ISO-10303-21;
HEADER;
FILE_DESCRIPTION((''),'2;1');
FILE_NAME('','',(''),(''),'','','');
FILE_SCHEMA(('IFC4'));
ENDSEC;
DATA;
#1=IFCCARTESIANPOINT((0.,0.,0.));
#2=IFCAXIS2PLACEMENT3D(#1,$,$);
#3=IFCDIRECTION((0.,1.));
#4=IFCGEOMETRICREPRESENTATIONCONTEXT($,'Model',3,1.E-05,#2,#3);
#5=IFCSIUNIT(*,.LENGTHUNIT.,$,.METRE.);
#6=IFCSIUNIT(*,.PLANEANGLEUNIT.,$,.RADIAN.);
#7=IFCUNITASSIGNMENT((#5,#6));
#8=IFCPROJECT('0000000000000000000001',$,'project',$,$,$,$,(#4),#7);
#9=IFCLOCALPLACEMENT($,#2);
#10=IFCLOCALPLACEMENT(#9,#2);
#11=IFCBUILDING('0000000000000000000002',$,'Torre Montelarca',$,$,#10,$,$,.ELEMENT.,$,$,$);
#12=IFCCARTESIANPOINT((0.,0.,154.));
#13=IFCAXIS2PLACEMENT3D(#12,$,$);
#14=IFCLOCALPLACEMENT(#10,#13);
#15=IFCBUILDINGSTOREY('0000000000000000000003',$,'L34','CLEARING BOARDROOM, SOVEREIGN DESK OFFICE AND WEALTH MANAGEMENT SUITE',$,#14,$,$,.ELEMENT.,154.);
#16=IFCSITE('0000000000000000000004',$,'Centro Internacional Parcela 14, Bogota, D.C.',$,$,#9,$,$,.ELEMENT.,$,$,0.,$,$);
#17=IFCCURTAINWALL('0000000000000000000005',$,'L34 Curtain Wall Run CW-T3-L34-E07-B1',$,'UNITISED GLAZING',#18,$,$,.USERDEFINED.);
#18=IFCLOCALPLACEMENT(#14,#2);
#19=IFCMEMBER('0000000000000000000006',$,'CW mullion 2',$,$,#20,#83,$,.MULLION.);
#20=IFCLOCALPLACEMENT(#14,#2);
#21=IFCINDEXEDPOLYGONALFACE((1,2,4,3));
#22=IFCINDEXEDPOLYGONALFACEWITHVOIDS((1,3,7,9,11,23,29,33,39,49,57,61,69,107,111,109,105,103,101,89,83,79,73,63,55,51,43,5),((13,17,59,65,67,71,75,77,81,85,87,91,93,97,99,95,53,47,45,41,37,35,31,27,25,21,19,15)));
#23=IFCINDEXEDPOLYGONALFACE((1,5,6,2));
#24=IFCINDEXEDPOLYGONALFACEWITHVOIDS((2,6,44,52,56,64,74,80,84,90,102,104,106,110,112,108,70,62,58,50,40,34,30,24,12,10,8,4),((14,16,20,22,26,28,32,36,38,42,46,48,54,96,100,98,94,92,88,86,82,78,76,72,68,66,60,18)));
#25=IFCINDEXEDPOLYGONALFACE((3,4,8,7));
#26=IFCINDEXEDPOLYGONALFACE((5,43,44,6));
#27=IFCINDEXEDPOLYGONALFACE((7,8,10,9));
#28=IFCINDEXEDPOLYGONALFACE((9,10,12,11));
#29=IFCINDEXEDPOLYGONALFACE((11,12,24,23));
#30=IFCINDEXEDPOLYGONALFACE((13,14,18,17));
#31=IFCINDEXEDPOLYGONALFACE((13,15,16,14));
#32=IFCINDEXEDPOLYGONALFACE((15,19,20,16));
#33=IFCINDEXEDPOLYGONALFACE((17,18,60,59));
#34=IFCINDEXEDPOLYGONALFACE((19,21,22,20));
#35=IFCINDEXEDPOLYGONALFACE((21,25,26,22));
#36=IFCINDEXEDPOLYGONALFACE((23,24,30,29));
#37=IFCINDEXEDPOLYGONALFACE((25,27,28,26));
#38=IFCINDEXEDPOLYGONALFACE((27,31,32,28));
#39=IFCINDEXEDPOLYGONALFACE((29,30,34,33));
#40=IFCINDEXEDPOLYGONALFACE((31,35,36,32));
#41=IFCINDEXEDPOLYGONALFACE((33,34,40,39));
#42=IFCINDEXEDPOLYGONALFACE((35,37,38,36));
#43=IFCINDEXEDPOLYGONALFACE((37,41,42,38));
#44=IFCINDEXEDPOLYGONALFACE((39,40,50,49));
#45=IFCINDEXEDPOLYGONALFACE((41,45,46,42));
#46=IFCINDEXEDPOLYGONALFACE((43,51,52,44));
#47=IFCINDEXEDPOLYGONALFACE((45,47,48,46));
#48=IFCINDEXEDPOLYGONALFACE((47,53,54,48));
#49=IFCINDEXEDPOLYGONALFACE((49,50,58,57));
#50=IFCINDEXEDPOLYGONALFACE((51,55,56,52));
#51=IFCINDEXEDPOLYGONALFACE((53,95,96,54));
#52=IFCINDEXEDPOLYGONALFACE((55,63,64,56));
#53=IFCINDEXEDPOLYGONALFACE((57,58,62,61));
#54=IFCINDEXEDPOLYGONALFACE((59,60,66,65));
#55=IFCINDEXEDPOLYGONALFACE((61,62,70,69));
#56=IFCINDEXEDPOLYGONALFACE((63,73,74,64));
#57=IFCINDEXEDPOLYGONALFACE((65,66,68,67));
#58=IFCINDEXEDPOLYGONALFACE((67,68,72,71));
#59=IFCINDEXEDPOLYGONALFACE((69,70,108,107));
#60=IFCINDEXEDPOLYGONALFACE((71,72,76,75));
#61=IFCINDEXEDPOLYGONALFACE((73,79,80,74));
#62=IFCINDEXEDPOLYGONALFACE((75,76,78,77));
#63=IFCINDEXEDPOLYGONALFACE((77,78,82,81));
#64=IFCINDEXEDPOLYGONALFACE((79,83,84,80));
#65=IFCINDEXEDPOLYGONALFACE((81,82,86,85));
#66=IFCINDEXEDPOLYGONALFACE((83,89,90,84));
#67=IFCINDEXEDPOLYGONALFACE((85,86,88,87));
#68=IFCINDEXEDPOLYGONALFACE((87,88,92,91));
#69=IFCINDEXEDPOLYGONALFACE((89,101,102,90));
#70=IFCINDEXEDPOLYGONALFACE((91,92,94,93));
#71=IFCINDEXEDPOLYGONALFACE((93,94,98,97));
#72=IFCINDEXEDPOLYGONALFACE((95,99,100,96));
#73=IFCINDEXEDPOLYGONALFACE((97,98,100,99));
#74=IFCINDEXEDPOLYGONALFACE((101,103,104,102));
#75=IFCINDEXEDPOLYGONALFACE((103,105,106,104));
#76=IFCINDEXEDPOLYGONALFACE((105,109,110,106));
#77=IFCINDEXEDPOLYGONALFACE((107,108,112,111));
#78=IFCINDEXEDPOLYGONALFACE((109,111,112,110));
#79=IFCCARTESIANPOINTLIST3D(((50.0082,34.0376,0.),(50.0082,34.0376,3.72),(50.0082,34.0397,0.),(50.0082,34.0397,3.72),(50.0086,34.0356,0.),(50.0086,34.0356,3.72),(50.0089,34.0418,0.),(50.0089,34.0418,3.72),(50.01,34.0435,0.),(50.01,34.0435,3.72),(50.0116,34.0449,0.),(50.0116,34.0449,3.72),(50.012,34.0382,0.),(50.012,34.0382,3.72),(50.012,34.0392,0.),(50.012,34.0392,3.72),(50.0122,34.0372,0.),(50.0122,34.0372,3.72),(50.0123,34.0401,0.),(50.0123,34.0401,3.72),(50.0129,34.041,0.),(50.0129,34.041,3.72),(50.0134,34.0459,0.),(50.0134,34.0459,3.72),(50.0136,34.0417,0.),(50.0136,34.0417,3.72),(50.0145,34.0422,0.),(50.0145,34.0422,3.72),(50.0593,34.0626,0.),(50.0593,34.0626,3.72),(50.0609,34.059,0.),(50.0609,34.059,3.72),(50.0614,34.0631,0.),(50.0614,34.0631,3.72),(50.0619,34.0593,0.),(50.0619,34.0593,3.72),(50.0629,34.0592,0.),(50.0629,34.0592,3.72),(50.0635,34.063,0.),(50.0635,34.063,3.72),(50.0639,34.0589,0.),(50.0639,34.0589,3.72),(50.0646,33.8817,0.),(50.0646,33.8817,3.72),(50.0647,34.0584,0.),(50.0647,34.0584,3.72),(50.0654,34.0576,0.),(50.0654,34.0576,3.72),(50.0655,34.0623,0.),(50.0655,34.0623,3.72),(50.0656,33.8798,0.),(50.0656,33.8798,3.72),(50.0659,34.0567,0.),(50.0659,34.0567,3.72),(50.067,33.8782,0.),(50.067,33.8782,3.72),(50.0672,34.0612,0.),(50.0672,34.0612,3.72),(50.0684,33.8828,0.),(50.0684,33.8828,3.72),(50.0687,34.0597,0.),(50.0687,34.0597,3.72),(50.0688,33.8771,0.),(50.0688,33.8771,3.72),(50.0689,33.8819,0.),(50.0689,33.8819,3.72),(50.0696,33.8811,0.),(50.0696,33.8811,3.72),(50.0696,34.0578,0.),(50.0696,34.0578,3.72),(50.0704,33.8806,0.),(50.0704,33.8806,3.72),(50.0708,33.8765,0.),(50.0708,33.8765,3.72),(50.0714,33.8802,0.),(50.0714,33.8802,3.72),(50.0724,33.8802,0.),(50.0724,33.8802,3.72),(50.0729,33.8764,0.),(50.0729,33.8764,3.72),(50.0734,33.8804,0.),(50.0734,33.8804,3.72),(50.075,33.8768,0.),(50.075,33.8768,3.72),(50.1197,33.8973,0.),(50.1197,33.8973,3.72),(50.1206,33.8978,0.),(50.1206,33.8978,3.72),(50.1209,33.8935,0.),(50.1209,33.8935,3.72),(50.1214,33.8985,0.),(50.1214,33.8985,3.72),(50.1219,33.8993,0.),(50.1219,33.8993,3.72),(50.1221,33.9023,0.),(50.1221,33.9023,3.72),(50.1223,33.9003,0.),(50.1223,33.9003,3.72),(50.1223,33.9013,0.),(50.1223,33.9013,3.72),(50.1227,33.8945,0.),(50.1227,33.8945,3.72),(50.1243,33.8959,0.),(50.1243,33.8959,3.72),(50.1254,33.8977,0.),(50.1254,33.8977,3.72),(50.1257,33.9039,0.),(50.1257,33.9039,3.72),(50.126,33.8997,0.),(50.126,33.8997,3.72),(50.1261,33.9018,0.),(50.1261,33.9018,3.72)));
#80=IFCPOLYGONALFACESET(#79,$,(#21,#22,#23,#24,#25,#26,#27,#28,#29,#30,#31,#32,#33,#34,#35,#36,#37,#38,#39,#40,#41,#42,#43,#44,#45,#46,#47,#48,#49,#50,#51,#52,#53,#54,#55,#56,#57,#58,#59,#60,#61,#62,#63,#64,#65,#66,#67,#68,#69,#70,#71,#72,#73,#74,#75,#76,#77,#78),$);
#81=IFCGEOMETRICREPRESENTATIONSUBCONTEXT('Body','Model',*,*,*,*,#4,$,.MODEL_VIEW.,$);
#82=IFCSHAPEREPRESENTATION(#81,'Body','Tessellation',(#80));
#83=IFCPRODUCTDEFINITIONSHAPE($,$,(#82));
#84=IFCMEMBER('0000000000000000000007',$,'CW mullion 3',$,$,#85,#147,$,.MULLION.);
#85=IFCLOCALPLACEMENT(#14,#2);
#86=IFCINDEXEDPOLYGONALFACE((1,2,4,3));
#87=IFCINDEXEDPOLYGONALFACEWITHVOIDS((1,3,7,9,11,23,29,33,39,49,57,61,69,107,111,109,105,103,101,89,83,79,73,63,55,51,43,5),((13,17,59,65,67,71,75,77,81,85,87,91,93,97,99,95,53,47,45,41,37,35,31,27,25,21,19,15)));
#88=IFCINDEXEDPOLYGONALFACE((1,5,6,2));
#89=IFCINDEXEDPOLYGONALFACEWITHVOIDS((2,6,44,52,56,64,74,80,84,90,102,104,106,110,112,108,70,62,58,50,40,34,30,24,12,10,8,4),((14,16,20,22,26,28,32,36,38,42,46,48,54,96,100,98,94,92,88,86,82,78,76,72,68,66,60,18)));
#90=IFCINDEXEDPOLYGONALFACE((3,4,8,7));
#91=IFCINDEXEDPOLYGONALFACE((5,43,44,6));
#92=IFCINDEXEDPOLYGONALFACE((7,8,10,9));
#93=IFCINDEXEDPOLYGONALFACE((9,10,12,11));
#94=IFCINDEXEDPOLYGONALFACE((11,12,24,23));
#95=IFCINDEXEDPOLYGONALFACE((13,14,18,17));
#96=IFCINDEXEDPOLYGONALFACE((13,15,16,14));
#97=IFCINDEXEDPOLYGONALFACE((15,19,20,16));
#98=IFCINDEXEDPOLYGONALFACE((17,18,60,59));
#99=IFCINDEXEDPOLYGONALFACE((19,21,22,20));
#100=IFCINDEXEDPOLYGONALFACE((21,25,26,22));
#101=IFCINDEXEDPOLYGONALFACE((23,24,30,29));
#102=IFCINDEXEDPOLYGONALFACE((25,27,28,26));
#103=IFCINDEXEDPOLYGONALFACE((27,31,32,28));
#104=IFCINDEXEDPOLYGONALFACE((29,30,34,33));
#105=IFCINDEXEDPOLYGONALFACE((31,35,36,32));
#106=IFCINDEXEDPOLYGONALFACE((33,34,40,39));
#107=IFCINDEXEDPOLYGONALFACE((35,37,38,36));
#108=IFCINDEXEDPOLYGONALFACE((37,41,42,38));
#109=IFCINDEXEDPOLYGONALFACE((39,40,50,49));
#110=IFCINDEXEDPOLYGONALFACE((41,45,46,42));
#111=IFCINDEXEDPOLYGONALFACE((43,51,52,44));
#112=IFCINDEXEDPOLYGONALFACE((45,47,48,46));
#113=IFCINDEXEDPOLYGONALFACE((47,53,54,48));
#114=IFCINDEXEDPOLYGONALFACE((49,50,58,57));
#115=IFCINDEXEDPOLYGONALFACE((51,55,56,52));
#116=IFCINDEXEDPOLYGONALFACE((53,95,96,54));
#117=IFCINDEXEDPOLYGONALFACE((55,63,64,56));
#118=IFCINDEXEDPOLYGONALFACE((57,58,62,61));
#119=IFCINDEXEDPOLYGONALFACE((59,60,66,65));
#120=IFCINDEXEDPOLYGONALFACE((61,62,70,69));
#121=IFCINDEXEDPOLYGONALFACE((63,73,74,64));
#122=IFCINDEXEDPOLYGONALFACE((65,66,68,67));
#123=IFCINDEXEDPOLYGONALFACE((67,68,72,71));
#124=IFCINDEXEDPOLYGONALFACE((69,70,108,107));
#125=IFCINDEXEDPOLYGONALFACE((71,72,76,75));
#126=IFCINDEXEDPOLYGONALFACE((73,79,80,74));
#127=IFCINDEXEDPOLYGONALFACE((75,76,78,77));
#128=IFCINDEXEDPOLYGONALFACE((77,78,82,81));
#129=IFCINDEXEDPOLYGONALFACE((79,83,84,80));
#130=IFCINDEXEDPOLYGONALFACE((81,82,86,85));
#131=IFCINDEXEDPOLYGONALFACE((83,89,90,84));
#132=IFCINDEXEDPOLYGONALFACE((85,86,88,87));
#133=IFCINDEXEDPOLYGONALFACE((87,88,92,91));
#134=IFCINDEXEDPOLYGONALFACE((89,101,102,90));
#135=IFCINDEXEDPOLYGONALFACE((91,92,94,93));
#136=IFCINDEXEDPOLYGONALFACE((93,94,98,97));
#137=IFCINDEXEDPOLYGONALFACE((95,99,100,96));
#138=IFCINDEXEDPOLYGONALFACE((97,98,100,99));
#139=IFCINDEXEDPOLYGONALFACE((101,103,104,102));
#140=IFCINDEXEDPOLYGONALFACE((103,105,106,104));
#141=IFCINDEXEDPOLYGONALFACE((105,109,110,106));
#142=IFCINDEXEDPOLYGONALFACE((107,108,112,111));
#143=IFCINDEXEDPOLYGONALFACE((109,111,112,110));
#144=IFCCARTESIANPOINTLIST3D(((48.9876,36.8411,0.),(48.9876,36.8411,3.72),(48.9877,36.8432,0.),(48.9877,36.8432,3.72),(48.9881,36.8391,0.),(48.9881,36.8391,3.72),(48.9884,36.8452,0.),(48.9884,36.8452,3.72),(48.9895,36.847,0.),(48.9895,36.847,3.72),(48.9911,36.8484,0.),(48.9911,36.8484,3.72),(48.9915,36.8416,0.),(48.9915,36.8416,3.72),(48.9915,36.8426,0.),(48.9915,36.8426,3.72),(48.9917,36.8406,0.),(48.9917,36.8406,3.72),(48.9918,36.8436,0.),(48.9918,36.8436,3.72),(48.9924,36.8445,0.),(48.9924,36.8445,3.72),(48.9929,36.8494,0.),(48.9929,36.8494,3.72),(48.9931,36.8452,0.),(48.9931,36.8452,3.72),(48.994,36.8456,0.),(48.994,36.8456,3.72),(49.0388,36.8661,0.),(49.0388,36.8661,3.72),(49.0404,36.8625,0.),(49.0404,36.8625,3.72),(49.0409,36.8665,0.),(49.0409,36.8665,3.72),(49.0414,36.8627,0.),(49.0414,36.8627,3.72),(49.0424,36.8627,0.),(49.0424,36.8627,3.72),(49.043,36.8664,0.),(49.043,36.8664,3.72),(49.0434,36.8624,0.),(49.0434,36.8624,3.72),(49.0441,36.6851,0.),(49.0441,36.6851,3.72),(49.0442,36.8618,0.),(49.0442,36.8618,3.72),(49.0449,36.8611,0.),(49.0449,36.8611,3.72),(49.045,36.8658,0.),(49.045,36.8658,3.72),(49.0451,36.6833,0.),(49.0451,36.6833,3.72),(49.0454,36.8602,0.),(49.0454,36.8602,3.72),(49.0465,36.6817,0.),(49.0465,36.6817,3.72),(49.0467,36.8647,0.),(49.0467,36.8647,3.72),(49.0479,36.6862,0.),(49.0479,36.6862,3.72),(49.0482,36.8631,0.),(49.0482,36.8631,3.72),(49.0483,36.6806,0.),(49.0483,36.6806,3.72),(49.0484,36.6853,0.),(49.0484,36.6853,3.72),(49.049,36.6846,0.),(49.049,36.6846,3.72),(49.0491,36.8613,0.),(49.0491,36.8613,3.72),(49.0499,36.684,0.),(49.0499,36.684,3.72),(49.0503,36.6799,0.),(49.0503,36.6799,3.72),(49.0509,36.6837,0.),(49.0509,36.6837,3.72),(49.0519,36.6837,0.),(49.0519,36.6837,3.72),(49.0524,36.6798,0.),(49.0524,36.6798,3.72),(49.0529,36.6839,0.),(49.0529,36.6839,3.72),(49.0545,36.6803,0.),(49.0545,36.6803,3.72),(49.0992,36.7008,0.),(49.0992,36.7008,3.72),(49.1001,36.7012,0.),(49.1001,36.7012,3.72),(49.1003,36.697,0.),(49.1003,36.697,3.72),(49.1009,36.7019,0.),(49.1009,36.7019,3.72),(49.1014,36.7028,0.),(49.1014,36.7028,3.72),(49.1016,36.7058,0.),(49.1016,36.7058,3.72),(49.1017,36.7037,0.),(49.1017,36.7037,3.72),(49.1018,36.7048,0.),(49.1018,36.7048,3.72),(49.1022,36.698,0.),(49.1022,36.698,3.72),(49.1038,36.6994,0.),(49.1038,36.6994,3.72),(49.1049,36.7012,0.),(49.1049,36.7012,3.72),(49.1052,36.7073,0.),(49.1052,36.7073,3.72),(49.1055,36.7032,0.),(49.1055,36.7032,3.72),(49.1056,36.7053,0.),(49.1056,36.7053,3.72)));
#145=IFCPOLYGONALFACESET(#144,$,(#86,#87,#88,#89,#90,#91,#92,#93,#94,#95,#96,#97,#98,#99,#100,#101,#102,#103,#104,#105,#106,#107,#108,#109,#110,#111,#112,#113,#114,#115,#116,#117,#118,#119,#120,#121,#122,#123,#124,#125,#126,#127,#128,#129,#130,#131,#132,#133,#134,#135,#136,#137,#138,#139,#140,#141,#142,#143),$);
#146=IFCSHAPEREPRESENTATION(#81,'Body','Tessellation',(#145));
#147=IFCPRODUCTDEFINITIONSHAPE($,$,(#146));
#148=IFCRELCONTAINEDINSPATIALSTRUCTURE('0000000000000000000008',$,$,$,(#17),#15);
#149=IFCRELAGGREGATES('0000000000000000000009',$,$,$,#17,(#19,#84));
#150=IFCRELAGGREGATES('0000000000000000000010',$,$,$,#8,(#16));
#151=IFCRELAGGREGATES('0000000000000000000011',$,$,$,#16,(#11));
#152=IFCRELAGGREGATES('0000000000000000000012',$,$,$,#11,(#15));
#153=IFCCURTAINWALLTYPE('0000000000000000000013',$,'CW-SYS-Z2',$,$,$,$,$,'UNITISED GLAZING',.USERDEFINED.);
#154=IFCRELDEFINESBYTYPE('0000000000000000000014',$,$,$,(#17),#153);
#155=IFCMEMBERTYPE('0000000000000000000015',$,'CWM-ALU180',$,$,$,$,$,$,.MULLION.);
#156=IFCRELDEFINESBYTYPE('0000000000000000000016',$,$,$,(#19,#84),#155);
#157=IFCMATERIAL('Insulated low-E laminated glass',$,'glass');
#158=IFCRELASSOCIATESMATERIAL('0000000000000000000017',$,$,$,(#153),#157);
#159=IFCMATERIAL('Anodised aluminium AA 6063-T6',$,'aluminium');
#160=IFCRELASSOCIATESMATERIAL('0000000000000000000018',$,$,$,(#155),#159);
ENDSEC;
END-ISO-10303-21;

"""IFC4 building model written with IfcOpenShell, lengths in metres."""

from ifc_helpers import new_model, si_unit, direction, frame, origin, origin_2d, place, context, subcontext, project, spatial, hollow_rectangle, extrude, source, transform, mapped, material, material_profile, profile_set, type_object, element, aggregate, save


model = new_model("IFC4")

# Units and contexts
model_context = context("Model", 3, precision=1e-05, world=origin(), true_north=direction((0.0, 1.0)))
body_context = subcontext(model_context, "Body", "Model", "MODEL_VIEW")
ifc_project = project(units=[si_unit("LENGTHUNIT", "METRE"), si_unit("PLANEANGLEUNIT", "RADIAN")], contexts=[model_context])

# Site, building, storey
site_placement = place(None, origin())
site = spatial("IfcSite", under=ifc_project, at=site_placement, Name="Centro Internacional Parcela 14, Bogota, D.C.", CompositionType="ELEMENT", RefElevation=0.0)
building_placement = place(site_placement, origin())
building = spatial("IfcBuilding", under=site, at=building_placement, Name="Torre Montelarca", CompositionType="ELEMENT")
storey_placement = place(building_placement, frame((0.0, 0.0, 154.0)))
storey = spatial("IfcBuildingStorey", under=building, at=storey_placement, Name="L34", Description="CLEARING BOARDROOM, SOVEREIGN DESK OFFICE AND WEALTH MANAGEMENT SUITE", CompositionType="ELEMENT", Elevation=154.0)

# Curtain wall, members
ifc_material_1 = material(Name="Insulated low-E laminated glass", Category="glass")
curtain_wall_type = type_object("IfcCurtainWallType", Name="CW-SYS-Z2", ElementType="UNITISED GLAZING", PredefinedType="USERDEFINED", material=ifc_material_1)
curtain_wall_1_placement = place(storey_placement, origin())
curtain_wall_1 = element("IfcCurtainWall", 1, at=curtain_wall_1_placement, inside=storey, type_object=curtain_wall_type, Name="L34 Curtain Wall Run CW-T3-L34-E07-B1", ObjectType="UNITISED GLAZING", PredefinedType="USERDEFINED")
ifc_material_2 = material(Name="Anodised aluminium AA 6063-T6", Category="aluminium")
ifc_material_profile_1 = material_profile(ifc_material_2, hollow_rectangle(XDim=0.0649, YDim=0.1799, WallThickness=0.0039, InnerFilletRadius=0.0039, OuterFilletRadius=0.0081, at=origin_2d()), Name="ALU65X180X4", Category="aluminium")
ifc_profile_set_1 = profile_set([ifc_material_profile_1], Name="Anodised aluminium AA 6063-T6")
member_type_1 = type_object("IfcMemberType", Name="CWM-ALU180", PredefinedType="MULLION", material=ifc_profile_set_1)
shared_shape_1 = source(origin(), body_context, "Body", "SweptSolid", [
    extrude(hollow_rectangle(XDim=0.0649, YDim=0.1799, WallThickness=0.0039, InnerFilletRadius=0.0039, OuterFilletRadius=0.0081, at=origin_2d()), origin(), (0.0, 0.0, 1.0), 3.72),
])
member_1_placement = place(storey_placement, frame((50.0671, 33.9697, 0.0), z_axis=(0.0, 0.0, 1.0), x_axis=(-0.939692, -0.342021, 0.0)))
member_1 = element("IfcMember", 2, at=member_1_placement, type_object=member_type_1, Name="CW mullion 2", PredefinedType="MULLION", context=body_context, shape_type="MappedRepresentation", body=[
    mapped(shared_shape_1, transform((0.0, 0.0, 0.0), scale=1.0)),
])
member_2_placement = place(storey_placement, frame((49.0466, 36.7732, 0.0), z_axis=(0.0, 0.0, 1.0), x_axis=(-0.939692, -0.342021, 0.0)))
member_2 = element("IfcMember", 3, at=member_2_placement, type_object=member_type_1, Name="CW mullion 3", PredefinedType="MULLION", context=body_context, shape_type="MappedRepresentation", body=[
    mapped(shared_shape_1, transform((0.0, 0.0, 0.0), scale=1.0)),
])

aggregate(curtain_wall_1, [member_1, member_2])

save(model, "model.ifc")
